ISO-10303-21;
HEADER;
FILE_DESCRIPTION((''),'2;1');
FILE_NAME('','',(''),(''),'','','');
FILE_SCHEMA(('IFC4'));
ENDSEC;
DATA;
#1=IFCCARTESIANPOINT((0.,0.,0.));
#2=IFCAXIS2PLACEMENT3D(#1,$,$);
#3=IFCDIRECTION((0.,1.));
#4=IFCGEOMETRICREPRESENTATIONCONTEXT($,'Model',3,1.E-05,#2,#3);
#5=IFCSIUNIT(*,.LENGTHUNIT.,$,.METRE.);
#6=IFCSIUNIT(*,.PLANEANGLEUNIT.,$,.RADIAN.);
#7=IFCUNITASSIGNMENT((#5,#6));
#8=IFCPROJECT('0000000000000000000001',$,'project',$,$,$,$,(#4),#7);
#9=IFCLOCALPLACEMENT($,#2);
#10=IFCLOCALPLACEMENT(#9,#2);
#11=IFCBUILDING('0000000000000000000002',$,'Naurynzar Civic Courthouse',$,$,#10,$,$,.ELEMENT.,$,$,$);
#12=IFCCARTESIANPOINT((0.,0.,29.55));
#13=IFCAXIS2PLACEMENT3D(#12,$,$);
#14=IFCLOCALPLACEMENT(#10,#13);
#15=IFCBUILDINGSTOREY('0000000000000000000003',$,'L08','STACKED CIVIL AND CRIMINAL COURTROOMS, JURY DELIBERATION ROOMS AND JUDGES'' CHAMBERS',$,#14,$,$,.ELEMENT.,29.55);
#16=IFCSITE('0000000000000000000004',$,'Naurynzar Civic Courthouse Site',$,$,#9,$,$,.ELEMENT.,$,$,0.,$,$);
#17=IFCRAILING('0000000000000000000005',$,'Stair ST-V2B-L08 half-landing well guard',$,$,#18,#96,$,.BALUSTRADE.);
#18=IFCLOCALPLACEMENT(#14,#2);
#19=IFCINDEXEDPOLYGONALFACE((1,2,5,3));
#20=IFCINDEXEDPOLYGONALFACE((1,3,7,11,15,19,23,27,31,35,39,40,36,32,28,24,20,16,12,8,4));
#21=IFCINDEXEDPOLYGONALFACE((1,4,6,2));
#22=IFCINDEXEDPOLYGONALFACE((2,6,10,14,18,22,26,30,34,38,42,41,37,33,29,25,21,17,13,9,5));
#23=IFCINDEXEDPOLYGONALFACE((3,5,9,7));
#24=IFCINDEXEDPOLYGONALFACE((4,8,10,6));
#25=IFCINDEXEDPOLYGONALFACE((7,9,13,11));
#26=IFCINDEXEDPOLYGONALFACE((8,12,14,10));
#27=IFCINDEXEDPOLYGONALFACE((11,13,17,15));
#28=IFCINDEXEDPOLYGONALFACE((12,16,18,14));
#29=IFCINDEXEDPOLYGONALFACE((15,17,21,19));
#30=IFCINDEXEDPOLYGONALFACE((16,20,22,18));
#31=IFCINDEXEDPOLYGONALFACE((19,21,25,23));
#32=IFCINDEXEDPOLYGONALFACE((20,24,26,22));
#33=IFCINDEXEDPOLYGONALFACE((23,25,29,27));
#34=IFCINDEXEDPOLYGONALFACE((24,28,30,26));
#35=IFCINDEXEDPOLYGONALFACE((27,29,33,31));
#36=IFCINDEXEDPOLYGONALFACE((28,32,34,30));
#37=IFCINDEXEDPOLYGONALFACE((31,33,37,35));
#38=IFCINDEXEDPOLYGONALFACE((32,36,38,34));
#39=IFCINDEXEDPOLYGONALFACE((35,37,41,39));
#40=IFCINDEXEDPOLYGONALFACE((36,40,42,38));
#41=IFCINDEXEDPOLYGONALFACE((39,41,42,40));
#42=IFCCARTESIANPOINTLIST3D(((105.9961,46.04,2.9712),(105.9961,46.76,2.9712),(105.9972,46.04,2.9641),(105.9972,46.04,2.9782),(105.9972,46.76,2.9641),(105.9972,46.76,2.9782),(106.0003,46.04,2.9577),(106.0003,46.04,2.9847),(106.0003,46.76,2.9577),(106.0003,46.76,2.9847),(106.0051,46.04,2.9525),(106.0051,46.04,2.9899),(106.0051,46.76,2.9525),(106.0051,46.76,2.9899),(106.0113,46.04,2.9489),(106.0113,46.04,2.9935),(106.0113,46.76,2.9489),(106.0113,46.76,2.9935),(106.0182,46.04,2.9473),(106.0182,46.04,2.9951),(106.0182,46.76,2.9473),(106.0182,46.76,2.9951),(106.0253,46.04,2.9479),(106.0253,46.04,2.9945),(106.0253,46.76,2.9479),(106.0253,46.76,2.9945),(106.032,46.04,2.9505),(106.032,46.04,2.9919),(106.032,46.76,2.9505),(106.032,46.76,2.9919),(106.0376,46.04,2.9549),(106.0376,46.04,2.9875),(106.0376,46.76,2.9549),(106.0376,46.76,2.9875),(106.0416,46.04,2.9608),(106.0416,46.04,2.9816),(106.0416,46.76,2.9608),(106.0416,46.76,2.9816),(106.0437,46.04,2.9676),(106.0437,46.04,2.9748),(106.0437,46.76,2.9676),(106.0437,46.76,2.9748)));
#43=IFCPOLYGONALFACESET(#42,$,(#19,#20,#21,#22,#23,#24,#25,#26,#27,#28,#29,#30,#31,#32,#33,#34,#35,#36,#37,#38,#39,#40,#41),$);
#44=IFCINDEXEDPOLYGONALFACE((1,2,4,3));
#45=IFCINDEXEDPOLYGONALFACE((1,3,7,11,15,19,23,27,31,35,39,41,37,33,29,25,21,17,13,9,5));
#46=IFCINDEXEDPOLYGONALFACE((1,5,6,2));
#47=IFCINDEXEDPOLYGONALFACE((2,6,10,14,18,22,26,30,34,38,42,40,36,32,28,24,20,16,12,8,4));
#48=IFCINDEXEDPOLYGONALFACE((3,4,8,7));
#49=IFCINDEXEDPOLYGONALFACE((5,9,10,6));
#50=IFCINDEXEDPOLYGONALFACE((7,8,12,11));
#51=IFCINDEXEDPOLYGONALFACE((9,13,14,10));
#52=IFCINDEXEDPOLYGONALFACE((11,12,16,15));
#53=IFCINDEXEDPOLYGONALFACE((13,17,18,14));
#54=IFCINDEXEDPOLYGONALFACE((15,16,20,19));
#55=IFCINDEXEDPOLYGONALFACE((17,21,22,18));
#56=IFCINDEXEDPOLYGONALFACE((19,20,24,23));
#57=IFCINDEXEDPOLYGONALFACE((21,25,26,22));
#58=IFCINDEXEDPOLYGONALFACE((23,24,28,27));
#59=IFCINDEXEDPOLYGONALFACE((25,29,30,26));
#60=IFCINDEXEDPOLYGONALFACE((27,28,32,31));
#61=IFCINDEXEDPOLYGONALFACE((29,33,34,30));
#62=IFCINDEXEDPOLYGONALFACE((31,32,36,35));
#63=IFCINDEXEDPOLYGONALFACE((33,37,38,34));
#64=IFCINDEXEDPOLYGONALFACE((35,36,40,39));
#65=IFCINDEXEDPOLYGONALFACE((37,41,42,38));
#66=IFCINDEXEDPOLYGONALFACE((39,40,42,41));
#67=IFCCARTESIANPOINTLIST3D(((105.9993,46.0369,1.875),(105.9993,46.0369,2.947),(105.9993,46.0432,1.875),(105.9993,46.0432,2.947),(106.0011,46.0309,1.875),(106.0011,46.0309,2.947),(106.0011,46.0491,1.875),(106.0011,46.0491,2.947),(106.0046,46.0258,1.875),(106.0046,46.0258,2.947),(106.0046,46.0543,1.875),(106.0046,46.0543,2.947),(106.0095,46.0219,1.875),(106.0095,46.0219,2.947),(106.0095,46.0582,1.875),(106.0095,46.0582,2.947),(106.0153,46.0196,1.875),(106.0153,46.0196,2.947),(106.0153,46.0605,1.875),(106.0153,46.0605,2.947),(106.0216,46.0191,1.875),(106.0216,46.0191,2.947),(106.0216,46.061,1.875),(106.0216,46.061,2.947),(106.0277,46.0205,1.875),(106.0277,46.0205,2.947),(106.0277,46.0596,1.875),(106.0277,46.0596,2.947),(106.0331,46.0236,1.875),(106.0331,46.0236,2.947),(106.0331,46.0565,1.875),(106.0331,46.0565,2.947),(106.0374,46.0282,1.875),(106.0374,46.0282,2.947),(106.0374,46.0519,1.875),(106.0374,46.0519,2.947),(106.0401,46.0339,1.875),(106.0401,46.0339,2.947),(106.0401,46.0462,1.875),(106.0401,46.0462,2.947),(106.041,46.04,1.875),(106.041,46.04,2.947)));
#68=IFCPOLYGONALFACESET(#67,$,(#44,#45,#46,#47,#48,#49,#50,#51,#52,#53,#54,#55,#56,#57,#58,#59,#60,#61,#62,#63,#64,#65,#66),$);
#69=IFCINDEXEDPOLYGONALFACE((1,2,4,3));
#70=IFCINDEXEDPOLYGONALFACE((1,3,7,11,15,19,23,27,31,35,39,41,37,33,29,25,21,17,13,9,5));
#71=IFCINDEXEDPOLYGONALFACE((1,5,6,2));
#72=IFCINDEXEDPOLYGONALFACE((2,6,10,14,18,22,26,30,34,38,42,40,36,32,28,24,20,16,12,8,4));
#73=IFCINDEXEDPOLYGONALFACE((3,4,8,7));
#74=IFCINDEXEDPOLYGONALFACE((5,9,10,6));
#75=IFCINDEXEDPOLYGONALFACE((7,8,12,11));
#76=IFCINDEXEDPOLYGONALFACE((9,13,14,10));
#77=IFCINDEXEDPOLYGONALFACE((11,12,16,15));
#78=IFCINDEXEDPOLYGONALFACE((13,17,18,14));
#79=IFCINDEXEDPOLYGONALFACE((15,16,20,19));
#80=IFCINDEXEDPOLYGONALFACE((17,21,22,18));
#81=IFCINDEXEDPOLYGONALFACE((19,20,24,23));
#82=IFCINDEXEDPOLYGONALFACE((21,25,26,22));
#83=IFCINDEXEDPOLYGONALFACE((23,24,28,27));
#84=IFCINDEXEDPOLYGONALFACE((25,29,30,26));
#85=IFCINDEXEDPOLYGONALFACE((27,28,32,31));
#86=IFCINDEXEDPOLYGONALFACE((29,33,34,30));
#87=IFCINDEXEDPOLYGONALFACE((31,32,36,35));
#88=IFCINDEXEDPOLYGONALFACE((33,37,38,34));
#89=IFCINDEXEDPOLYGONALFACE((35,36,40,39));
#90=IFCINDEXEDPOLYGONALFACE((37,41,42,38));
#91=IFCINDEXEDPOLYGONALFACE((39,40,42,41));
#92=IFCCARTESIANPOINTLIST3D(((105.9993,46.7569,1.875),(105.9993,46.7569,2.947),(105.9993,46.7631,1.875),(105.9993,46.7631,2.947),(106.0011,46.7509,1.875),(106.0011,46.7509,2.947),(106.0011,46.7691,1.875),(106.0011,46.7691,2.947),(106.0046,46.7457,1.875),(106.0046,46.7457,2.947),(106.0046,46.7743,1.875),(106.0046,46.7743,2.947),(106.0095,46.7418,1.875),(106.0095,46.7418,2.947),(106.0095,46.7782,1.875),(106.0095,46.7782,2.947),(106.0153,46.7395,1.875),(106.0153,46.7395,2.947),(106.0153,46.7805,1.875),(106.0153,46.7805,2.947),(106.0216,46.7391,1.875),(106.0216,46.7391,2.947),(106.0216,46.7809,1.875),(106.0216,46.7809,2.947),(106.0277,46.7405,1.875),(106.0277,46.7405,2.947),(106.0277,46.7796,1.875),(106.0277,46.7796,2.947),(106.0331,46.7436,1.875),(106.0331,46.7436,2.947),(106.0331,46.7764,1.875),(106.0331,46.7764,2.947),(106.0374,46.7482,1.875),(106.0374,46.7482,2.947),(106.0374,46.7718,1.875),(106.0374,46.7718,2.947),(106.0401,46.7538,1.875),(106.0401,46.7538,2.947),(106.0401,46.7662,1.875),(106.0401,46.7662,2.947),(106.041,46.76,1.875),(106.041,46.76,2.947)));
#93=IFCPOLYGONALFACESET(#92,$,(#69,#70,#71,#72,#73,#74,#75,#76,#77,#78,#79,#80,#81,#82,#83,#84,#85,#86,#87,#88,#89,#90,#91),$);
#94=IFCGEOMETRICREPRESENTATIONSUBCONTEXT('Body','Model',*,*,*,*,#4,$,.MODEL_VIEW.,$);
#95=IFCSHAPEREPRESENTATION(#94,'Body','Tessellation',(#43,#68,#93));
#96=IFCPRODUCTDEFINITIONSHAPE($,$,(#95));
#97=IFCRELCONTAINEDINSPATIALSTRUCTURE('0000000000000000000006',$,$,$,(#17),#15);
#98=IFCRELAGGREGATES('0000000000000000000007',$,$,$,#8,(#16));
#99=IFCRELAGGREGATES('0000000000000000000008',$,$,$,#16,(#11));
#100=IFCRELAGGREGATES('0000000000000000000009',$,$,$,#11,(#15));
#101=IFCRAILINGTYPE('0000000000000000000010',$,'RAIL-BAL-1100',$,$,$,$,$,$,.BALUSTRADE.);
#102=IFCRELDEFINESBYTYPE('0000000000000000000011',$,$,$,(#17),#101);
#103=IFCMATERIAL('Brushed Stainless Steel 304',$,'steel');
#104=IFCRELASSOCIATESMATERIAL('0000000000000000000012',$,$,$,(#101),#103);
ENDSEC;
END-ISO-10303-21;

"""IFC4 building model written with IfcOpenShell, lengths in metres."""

from ifc_helpers import new_model, si_unit, direction, frame, origin, origin_2d, place, context, subcontext, project, spatial, circle, extrude, material, type_object, element, save


model = new_model("IFC4")

# Units and contexts
model_context = context("Model", 3, precision=1e-05, world=origin(), true_north=direction((0.0, 1.0)))
body_context = subcontext(model_context, "Body", "Model", "MODEL_VIEW")
ifc_project = project(units=[si_unit("LENGTHUNIT", "METRE"), si_unit("PLANEANGLEUNIT", "RADIAN")], contexts=[model_context])

# Site, building, storey
site_placement = place(None, origin())
site = spatial("IfcSite", under=ifc_project, at=site_placement, Name="Naurynzar Civic Courthouse Site", CompositionType="ELEMENT", RefElevation=0.0)
building_placement = place(site_placement, origin())
building = spatial("IfcBuilding", under=site, at=building_placement, Name="Naurynzar Civic Courthouse", CompositionType="ELEMENT")
storey_placement = place(building_placement, frame((0.0, 0.0, 29.55)))
storey = spatial("IfcBuildingStorey", under=building, at=storey_placement, Name="L08", Description="STACKED CIVIL AND CRIMINAL COURTROOMS, JURY DELIBERATION ROOMS AND JUDGES' CHAMBERS", CompositionType="ELEMENT", Elevation=29.55)

# Railing
ifc_material_1 = material(Name="Brushed Stainless Steel 304", Category="steel")
railing_type_1 = type_object("IfcRailingType", Name="RAIL-BAL-1100", PredefinedType="BALUSTRADE", material=ifc_material_1)
for number, where, name in (
    (1, (106.02, 46.04, 1.875), "Stair ST-V2B-L08 half-landing well guard"),
):
    element("IfcRailing", number, at=place(storey_placement, frame(where)), inside=storey, type_object=railing_type_1, Name=name, PredefinedType="BALUSTRADE", context=body_context, shape_type="SweptSolid", body=[
        extrude(circle(Radius=0.0239, at=origin_2d()), frame((0.0, 0.0, 1.0962), z_axis=(0.0, 1.0, 0.0), x_axis=(-1.0, 0.0, 0.0)), (0.0, 0.0, 1.0), 0.72),
        extrude(circle(Radius=0.021, at=origin_2d()), origin(), (0.0, 0.0, 1.0), 1.072),
        extrude(circle(Radius=0.021, at=origin_2d()), frame((0.0, 0.72, 0.0)), (0.0, 0.0, 1.0), 1.072),
    ])

save(model, "model.ifc")
